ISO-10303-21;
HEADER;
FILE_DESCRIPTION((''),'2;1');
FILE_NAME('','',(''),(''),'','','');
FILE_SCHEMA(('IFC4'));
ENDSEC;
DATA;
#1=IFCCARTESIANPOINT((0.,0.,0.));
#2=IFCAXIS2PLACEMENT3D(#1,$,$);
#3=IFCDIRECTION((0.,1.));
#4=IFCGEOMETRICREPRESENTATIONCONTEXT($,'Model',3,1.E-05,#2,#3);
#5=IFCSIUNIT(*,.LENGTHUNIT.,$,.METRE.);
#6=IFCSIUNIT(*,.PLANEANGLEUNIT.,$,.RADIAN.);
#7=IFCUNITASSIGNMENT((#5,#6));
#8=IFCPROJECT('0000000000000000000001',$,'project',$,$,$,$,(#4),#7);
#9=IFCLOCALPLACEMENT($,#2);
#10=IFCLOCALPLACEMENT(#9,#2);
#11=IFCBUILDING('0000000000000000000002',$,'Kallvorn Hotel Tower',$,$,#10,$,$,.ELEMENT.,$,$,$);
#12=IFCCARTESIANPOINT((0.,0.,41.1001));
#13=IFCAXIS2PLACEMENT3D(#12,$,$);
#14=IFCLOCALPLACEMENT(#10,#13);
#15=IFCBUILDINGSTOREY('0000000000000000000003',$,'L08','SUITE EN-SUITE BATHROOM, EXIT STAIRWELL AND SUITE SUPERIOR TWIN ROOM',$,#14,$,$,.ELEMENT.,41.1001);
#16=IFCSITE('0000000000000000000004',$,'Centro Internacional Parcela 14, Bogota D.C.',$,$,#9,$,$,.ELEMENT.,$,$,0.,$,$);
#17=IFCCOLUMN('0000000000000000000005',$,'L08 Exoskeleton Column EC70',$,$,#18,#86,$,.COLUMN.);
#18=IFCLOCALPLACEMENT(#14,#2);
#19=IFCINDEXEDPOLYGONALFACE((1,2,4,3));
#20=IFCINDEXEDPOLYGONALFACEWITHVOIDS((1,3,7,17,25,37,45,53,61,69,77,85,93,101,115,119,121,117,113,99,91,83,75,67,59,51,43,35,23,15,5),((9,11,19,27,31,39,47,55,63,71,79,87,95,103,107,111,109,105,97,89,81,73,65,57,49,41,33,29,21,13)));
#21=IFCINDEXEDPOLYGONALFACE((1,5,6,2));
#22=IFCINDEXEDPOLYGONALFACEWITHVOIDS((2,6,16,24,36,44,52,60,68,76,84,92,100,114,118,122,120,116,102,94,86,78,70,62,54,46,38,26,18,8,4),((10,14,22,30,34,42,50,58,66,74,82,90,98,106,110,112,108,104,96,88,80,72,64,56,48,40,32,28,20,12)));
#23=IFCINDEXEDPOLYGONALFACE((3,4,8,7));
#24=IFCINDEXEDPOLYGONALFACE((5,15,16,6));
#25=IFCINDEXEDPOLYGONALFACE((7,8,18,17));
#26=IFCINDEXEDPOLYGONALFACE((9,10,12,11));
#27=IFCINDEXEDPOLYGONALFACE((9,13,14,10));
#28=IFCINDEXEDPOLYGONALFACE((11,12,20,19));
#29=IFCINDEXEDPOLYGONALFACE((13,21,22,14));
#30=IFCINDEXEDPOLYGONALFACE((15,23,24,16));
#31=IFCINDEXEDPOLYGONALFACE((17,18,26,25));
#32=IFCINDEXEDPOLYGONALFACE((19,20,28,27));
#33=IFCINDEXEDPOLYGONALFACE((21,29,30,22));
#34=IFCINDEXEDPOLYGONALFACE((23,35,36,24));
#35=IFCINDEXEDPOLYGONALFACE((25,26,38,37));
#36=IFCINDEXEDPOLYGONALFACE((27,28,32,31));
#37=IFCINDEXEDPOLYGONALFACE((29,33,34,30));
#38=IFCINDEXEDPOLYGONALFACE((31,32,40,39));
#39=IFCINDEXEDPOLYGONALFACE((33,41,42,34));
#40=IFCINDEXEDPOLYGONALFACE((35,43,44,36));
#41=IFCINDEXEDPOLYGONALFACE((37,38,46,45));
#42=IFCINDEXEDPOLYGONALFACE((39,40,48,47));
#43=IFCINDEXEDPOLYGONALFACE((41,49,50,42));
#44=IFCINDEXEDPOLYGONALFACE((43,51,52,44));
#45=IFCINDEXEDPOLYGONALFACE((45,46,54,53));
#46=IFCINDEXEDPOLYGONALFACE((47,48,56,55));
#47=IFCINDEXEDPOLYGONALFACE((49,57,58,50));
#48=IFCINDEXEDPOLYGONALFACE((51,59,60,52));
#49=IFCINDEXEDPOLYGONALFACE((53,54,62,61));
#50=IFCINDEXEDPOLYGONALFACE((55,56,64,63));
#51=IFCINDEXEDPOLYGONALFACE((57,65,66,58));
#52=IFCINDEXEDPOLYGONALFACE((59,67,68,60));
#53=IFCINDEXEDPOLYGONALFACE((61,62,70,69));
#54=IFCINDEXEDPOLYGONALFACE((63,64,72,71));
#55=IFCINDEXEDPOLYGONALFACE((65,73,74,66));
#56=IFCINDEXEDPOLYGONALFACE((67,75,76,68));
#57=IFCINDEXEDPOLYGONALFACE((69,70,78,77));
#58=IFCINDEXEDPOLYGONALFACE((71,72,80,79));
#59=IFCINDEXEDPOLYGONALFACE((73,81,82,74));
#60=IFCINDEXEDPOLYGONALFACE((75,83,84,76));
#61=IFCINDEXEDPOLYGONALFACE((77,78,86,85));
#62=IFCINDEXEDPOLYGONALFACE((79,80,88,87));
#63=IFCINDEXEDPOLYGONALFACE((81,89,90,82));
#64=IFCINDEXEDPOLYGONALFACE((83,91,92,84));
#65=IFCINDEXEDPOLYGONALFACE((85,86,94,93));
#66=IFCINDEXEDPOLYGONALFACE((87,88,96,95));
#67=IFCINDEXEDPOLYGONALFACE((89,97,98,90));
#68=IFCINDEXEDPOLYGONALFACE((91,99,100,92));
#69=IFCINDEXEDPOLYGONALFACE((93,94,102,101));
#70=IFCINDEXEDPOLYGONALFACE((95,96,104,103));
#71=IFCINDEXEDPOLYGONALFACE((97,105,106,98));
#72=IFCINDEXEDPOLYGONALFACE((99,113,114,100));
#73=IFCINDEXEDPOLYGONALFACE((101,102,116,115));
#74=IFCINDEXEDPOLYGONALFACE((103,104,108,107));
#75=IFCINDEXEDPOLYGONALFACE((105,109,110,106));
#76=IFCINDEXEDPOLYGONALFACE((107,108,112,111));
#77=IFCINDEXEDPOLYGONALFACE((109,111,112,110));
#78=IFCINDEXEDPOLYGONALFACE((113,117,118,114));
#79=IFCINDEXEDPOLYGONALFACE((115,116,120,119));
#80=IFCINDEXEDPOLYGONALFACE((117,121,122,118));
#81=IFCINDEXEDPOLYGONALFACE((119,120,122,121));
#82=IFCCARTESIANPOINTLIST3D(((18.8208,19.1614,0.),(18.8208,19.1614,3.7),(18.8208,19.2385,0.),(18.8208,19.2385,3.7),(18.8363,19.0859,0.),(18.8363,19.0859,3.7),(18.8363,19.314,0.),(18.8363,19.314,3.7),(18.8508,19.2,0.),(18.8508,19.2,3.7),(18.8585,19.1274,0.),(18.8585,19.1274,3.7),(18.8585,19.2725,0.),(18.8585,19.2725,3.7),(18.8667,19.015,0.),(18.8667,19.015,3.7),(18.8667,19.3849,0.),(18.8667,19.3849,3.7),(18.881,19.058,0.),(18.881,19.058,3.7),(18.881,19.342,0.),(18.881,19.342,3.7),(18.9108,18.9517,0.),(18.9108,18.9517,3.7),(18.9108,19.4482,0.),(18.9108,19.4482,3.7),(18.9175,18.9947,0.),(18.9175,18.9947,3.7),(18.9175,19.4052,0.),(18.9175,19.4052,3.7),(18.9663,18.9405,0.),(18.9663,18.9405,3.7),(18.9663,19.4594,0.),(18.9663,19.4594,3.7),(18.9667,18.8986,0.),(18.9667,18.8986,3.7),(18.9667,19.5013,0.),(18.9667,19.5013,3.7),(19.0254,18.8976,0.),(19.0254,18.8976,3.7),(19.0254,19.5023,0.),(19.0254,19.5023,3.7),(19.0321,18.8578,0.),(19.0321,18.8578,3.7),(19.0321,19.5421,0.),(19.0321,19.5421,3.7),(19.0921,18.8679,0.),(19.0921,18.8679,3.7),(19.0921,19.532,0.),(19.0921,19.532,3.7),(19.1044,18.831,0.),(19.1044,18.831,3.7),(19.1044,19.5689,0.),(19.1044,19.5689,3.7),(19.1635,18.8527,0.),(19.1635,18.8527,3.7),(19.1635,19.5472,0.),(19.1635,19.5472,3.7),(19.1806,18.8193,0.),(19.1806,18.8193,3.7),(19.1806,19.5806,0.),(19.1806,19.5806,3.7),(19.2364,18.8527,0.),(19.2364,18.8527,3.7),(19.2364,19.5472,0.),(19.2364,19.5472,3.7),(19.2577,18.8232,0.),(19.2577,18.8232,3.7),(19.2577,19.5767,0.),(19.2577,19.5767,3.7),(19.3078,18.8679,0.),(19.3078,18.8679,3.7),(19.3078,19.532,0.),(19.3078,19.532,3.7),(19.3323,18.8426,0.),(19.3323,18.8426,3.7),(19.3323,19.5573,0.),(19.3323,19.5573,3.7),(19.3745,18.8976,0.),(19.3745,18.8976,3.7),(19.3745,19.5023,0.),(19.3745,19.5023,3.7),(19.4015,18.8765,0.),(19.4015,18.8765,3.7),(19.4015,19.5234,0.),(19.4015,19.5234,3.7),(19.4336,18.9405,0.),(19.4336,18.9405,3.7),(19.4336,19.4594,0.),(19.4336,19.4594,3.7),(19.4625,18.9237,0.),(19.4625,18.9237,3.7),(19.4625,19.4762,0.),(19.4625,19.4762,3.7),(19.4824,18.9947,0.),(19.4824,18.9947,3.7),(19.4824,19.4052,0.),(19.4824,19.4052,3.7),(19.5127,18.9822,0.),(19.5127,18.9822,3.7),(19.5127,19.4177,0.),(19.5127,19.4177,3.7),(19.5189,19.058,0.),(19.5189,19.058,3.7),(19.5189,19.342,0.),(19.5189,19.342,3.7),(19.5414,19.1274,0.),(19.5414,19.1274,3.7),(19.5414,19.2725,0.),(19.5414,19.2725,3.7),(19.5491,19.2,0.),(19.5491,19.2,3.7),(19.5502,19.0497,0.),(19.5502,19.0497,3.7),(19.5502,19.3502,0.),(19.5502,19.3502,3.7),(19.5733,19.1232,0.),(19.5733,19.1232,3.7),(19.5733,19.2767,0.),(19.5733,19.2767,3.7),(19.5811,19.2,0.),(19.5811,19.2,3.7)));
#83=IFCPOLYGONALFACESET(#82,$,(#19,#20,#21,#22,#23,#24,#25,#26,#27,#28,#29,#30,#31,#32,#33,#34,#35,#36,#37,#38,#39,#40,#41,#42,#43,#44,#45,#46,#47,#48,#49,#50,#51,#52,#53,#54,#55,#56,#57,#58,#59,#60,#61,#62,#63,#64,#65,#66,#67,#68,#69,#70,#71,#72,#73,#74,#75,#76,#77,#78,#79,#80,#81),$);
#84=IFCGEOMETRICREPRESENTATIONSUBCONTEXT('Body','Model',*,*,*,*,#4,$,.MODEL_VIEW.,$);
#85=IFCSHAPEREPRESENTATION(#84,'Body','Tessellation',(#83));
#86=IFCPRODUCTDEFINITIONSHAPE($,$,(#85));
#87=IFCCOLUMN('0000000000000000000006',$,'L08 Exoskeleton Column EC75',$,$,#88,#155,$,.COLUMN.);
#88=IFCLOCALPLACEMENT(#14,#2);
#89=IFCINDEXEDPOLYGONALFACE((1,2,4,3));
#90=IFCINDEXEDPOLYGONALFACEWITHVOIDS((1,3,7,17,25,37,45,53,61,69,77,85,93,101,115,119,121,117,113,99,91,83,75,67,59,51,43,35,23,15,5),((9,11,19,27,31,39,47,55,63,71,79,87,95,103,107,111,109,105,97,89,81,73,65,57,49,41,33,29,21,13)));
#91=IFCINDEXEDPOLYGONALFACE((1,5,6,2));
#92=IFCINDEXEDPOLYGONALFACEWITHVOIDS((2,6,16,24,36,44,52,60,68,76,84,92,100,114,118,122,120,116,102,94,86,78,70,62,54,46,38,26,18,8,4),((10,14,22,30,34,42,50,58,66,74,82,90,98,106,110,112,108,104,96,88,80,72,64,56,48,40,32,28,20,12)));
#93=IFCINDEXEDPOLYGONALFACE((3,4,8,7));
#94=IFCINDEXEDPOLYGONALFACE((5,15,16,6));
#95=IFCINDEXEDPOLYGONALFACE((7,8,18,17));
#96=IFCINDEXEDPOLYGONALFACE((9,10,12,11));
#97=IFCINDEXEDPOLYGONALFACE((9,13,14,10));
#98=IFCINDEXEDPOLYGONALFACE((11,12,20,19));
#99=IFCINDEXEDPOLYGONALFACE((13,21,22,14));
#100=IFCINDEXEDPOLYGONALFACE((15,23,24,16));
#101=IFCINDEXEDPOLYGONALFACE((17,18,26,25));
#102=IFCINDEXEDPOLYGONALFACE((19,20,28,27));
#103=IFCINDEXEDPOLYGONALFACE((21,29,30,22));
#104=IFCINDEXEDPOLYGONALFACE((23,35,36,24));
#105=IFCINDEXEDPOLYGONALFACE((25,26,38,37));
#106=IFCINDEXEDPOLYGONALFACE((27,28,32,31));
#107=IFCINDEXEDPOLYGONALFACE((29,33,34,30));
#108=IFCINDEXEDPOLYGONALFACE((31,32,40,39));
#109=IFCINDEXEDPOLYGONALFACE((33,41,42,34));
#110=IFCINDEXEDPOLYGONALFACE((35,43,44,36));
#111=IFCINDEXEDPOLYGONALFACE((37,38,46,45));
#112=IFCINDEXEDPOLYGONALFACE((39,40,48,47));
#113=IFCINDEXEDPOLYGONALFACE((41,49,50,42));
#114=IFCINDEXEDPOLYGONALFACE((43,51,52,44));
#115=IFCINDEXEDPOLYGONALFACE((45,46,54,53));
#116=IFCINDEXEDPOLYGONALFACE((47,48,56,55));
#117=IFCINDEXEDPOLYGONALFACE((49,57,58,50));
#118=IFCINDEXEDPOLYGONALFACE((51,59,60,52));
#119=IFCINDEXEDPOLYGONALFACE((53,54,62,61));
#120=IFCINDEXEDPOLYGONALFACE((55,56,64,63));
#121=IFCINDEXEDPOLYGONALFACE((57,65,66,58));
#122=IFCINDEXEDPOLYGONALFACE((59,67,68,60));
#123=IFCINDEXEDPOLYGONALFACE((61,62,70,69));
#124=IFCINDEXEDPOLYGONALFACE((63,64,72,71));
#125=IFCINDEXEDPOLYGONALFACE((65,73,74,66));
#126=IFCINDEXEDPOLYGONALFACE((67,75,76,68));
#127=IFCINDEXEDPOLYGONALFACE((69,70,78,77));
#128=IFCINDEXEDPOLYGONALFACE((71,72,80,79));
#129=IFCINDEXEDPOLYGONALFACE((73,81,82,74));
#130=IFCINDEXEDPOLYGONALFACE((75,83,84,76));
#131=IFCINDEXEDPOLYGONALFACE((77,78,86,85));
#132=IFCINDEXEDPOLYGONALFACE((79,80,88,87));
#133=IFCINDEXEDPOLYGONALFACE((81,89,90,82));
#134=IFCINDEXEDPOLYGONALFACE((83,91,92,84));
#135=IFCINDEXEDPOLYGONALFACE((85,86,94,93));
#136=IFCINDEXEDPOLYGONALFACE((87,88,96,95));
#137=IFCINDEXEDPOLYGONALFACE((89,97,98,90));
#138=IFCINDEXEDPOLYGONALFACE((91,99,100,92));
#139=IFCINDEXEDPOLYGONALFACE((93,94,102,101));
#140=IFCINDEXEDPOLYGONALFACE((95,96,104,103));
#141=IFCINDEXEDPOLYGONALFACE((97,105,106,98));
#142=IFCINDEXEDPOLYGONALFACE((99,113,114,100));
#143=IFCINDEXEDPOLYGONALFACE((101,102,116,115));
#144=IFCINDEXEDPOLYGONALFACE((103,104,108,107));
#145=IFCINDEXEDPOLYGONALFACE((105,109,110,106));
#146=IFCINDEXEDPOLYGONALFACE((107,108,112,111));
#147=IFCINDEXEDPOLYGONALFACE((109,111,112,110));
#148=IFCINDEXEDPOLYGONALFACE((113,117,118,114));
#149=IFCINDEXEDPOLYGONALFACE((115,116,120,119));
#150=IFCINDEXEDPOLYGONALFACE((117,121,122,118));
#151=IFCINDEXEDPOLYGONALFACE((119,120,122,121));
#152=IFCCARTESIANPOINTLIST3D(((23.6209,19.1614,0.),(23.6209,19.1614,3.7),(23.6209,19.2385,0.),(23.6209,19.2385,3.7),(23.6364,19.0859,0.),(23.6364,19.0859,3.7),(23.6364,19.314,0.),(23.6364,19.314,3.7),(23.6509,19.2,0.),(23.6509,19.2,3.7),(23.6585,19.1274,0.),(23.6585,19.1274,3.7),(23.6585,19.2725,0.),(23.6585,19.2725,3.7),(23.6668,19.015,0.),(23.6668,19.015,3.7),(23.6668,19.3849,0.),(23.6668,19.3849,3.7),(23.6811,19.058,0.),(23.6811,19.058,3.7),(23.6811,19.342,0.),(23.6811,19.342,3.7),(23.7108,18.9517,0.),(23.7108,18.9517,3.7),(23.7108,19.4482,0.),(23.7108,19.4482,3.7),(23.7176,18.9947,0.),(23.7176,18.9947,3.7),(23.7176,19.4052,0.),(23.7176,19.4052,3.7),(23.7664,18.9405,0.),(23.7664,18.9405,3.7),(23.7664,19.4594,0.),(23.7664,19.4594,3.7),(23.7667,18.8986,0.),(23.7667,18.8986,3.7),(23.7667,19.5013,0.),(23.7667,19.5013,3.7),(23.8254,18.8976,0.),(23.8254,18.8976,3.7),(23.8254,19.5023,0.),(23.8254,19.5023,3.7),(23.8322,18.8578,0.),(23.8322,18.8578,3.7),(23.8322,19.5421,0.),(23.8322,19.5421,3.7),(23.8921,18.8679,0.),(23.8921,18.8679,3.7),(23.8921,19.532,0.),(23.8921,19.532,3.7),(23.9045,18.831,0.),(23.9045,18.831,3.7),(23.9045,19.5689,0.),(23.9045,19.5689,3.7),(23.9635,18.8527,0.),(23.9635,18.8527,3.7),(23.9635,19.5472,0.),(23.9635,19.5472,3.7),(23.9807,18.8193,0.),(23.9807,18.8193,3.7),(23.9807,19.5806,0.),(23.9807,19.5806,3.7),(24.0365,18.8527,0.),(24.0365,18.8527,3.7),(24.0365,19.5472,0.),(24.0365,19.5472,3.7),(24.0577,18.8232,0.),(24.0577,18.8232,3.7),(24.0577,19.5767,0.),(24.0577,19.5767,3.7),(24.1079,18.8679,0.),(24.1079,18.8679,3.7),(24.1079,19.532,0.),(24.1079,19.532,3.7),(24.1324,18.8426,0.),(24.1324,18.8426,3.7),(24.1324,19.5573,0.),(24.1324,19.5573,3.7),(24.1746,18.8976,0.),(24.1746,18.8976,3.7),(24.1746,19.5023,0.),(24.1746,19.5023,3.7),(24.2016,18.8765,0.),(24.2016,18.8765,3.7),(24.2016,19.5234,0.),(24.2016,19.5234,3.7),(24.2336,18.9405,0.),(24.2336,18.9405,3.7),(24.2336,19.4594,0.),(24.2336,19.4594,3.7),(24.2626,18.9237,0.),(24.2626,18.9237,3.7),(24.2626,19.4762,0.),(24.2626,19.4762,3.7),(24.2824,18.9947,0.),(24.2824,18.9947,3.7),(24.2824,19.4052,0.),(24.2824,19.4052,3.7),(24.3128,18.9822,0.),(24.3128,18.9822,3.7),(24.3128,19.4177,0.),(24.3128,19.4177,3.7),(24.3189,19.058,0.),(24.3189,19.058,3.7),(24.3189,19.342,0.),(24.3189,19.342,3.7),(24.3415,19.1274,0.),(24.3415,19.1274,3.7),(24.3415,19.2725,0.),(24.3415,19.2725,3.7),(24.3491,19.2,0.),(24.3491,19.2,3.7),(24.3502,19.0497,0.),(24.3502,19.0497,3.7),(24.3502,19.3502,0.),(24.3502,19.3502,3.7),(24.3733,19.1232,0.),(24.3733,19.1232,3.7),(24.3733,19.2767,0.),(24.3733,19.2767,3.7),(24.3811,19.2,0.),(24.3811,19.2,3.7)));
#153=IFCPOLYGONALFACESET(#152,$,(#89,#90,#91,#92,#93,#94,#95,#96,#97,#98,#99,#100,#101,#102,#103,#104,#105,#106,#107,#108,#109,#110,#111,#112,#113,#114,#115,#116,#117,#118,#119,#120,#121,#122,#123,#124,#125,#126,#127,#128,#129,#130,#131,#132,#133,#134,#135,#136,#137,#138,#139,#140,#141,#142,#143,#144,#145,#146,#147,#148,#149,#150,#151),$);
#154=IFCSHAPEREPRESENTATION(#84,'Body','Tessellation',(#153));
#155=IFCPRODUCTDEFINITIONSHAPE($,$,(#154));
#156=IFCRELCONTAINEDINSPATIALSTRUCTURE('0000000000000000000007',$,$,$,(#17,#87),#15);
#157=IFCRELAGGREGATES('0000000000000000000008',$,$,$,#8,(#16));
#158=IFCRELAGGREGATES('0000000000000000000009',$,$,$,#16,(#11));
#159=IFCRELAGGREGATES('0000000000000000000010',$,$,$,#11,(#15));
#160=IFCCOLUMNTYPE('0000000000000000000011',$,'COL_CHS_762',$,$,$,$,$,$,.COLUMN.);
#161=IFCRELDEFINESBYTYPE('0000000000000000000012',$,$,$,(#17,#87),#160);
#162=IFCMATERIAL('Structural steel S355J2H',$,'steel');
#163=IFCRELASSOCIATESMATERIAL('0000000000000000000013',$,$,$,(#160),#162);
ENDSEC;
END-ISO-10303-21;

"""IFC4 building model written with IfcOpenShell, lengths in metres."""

from ifc_helpers import new_model, si_unit, direction, frame, origin, origin_2d, place, context, subcontext, project, spatial, hollow_circle, extrude, material, material_profile, profile_set, type_object, element, save


model = new_model("IFC4")

# Units and contexts
model_context = context("Model", 3, precision=1e-05, world=origin(), true_north=direction((0.0, 1.0)))
body_context = subcontext(model_context, "Body", "Model", "MODEL_VIEW")
ifc_project = project(units=[si_unit("LENGTHUNIT", "METRE"), si_unit("PLANEANGLEUNIT", "RADIAN")], contexts=[model_context])

# Site, building, storey
site_placement = place(None, origin())
site = spatial("IfcSite", under=ifc_project, at=site_placement, Name="Centro Internacional Parcela 14, Bogota D.C.", CompositionType="ELEMENT", RefElevation=0.0)
building_placement = place(site_placement, origin())
building = spatial("IfcBuilding", under=site, at=building_placement, Name="Kallvorn Hotel Tower", CompositionType="ELEMENT")
storey_placement = place(building_placement, frame((0.0, 0.0, 41.1001)))
storey = spatial("IfcBuildingStorey", under=building, at=storey_placement, Name="L08", Description="SUITE EN-SUITE BATHROOM, EXIT STAIRWELL AND SUITE SUPERIOR TWIN ROOM", CompositionType="ELEMENT", Elevation=41.1001)

# Columns
ifc_material_1 = material(Name="Structural steel S355J2H", Category="steel")
ifc_material_profile_1 = material_profile(ifc_material_1, hollow_circle(Radius=0.3811, WallThickness=0.032, at=origin_2d()), Name="CHS 762x32")
ifc_profile_set_1 = profile_set([ifc_material_profile_1], Name="Structural steel S355J2H")
column_type_1 = type_object("IfcColumnType", Name="COL_CHS_762", PredefinedType="COLUMN", material=ifc_profile_set_1)
for number, where, z_axis, x_axis, name in (
    (1, (19.2, 19.2, 0.0), (0.0, 0.0, 1.0), (1.0, 0.0, 0.0), "L08 Exoskeleton Column EC70"),
    (2, (24.0, 19.2, 0.0), (0.0, 0.0, 1.0), (1.0, 0.0, 0.0), "L08 Exoskeleton Column EC75"),
):
    element("IfcColumn", number, at=place(storey_placement, frame(where, z_axis=z_axis, x_axis=x_axis)), inside=storey, type_object=column_type_1, Name=name, PredefinedType="COLUMN", context=body_context, shape_type="SweptSolid", body=[
        extrude(hollow_circle(Radius=0.3811, WallThickness=0.032, at=origin_2d()), origin(), (0.0, 0.0, 1.0), 3.7),
    ])

save(model, "model.ifc")
